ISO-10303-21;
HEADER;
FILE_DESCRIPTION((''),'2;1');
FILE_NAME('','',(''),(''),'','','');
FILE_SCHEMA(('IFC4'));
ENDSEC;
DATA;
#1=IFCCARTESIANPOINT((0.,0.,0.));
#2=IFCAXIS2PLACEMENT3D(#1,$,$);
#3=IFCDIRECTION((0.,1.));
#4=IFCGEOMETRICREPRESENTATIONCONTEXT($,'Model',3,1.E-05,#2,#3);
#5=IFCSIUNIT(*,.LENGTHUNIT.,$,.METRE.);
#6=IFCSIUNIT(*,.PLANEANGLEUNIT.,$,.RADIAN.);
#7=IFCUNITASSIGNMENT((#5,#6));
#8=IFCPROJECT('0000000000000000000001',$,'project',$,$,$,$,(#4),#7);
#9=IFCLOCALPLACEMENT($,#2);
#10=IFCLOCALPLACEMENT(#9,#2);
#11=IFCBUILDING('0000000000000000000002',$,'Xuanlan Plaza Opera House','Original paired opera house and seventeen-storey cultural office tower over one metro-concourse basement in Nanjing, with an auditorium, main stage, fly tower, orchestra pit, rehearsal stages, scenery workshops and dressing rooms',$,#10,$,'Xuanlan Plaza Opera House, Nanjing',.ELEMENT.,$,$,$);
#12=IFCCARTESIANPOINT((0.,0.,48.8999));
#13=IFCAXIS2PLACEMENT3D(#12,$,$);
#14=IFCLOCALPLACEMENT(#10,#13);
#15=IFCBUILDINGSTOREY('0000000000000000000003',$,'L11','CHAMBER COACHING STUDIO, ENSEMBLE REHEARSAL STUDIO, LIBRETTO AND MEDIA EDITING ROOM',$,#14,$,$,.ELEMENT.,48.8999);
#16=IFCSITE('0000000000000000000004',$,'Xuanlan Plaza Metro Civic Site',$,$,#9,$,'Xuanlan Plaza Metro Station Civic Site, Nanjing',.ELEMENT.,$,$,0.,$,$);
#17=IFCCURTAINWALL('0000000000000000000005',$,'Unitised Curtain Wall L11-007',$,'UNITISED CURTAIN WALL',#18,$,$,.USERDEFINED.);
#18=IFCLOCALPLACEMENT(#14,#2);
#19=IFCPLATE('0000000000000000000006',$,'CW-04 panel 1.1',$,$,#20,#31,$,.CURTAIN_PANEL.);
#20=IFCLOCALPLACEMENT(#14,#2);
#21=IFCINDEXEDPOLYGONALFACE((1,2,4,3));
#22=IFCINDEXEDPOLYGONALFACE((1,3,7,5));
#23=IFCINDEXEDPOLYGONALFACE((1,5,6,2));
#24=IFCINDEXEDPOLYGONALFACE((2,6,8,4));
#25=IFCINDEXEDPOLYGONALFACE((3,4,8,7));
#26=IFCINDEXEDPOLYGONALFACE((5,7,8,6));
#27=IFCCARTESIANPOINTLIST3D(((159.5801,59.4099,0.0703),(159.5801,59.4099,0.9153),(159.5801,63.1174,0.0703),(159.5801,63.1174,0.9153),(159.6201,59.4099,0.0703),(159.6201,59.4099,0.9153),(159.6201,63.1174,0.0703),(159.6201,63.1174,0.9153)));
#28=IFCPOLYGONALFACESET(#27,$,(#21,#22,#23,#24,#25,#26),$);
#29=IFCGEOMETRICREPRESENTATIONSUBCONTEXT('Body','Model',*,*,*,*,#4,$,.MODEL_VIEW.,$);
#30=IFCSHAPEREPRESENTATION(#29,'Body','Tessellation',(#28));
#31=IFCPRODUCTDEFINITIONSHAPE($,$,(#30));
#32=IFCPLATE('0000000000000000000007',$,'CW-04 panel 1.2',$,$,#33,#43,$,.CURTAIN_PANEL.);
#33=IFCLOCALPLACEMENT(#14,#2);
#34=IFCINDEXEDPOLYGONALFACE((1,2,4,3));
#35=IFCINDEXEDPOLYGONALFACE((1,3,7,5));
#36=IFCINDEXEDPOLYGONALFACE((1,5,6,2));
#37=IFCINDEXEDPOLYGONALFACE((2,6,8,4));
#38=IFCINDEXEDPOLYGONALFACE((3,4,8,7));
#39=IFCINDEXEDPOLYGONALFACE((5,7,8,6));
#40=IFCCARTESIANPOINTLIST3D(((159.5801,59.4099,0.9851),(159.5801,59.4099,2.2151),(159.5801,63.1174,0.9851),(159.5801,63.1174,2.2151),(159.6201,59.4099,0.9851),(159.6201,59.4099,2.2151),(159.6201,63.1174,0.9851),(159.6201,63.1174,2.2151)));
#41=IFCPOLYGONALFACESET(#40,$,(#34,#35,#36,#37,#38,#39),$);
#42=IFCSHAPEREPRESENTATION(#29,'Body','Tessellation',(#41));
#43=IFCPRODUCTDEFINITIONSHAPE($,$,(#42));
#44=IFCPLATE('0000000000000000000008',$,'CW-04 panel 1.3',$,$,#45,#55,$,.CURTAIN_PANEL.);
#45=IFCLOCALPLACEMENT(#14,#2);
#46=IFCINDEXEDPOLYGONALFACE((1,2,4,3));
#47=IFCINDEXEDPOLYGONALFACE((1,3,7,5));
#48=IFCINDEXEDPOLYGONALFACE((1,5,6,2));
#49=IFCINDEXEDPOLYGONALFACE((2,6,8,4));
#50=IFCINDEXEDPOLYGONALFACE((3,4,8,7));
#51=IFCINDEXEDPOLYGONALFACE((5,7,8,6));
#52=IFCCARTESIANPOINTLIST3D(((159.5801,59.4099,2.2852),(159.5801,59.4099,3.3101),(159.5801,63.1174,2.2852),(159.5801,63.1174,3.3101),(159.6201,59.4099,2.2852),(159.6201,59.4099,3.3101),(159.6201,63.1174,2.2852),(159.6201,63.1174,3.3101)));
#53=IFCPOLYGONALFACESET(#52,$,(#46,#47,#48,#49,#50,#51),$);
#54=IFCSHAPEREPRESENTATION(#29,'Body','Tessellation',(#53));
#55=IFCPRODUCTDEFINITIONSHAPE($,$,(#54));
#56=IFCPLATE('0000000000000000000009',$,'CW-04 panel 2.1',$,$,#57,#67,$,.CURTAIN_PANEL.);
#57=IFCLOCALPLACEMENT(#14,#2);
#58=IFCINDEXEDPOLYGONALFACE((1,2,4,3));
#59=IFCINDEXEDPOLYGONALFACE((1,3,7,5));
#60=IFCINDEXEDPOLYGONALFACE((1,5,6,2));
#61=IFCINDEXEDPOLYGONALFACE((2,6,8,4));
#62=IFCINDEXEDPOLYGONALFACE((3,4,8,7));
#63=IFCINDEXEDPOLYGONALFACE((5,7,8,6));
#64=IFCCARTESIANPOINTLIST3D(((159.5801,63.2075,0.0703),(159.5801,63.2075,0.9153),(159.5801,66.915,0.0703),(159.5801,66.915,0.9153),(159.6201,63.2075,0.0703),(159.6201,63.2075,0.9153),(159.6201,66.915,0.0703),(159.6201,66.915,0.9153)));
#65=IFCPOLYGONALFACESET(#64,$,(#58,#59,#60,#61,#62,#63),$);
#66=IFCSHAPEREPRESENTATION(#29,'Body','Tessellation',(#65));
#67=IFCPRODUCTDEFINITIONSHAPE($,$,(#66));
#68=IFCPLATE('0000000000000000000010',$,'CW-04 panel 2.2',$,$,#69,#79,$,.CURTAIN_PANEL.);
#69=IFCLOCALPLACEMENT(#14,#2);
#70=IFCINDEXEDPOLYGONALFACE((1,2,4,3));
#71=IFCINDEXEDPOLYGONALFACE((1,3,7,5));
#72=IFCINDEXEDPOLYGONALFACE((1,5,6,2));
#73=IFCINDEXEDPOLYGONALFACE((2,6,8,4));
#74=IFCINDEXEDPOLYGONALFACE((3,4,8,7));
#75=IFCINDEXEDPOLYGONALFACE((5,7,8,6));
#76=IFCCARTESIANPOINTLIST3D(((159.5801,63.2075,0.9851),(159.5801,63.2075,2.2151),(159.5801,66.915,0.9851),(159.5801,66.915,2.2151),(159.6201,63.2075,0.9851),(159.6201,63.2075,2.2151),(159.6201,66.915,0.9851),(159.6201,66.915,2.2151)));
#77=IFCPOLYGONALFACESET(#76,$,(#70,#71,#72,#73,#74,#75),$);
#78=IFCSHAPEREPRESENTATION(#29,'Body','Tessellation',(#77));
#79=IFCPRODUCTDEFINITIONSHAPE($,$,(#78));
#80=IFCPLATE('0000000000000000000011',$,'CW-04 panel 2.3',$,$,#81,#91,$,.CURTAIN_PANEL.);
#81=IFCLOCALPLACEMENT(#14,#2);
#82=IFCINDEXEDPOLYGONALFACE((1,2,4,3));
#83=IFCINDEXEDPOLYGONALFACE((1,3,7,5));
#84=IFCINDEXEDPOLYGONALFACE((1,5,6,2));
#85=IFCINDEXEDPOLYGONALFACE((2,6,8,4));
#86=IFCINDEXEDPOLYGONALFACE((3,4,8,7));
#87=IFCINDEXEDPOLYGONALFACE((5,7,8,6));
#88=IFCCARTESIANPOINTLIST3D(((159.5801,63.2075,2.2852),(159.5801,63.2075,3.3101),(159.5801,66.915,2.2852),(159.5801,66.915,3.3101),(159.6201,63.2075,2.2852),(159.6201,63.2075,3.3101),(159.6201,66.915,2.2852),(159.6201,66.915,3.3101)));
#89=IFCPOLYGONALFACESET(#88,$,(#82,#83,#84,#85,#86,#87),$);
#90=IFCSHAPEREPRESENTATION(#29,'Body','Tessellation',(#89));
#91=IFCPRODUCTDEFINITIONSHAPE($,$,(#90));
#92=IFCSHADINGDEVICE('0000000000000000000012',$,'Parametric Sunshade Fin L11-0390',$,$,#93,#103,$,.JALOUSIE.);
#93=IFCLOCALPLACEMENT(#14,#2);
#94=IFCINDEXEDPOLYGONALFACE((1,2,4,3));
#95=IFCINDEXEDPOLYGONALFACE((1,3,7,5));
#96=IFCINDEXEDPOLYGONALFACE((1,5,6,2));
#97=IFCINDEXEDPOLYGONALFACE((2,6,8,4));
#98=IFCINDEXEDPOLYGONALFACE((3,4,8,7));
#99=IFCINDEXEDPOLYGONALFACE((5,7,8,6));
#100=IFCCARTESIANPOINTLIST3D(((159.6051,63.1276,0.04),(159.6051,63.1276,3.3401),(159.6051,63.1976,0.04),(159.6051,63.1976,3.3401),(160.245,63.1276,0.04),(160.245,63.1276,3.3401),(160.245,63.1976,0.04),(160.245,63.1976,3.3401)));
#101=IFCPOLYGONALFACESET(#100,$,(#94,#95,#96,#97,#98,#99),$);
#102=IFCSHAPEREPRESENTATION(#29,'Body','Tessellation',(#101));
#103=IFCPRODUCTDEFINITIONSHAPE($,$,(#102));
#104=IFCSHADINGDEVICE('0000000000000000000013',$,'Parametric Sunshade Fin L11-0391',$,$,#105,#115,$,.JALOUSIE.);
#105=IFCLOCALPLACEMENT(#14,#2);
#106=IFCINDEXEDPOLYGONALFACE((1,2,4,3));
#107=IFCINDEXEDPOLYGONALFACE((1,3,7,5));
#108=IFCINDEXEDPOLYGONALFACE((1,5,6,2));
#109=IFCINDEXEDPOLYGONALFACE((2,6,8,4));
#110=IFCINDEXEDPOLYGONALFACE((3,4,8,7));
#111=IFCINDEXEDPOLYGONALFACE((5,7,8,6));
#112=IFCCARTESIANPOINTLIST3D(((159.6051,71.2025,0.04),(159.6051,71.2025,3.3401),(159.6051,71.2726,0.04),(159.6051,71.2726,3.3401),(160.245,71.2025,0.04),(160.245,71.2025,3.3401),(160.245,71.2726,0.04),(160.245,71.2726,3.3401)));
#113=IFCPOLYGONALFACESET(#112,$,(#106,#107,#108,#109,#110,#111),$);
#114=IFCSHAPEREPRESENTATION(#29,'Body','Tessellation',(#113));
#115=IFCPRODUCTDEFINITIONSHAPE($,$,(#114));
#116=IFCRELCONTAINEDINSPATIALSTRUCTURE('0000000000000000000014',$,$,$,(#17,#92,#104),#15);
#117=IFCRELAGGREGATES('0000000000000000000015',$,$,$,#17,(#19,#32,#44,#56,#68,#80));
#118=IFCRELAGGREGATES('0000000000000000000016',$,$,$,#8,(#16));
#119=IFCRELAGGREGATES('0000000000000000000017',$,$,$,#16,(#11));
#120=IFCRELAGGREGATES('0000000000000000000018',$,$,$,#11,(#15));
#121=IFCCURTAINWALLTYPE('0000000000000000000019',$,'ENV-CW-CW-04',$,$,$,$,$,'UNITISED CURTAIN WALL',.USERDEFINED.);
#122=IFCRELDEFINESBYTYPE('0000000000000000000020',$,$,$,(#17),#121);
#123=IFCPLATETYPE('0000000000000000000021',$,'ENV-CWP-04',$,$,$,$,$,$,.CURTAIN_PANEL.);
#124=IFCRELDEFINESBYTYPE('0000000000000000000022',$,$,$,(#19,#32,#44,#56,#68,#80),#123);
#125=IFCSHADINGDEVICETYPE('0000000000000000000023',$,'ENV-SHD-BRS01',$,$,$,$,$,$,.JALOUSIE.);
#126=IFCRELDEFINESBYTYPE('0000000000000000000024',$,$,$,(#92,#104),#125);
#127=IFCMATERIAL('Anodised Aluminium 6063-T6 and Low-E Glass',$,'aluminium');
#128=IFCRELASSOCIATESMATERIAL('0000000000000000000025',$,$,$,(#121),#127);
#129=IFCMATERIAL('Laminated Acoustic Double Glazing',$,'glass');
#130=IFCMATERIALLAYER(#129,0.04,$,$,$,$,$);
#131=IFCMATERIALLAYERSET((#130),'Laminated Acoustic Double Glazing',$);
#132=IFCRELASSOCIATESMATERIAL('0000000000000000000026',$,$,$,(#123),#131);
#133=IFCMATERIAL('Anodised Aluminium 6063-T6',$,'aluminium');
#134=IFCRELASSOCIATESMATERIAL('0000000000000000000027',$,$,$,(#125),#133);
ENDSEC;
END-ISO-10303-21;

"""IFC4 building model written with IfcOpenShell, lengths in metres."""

from ifc_helpers import new_model, si_unit, direction, frame, origin, origin_2d, place, context, subcontext, project, spatial, rectangle, extrude, material, layer, layer_set, type_object, element, aggregate, save


model = new_model("IFC4")

# Units and contexts
model_context = context("Model", 3, precision=1e-05, world=origin(), true_north=direction((0.0, 1.0)))
body_context = subcontext(model_context, "Body", "Model", "MODEL_VIEW")
ifc_project = project(units=[si_unit("LENGTHUNIT", "METRE"), si_unit("PLANEANGLEUNIT", "RADIAN")], contexts=[model_context])

# Site, building, storey
site_placement = place(None, origin())
site = spatial("IfcSite", under=ifc_project, at=site_placement, Name="Xuanlan Plaza Metro Civic Site", LongName="Xuanlan Plaza Metro Station Civic Site, Nanjing", CompositionType="ELEMENT", RefElevation=0.0)
building_placement = place(site_placement, origin())
building = spatial("IfcBuilding", under=site, at=building_placement, Name="Xuanlan Plaza Opera House", Description="Original paired opera house and seventeen-storey cultural office tower over one metro-concourse basement in Nanjing, with an auditorium, main stage, fly tower, orchestra pit, rehearsal stages, scenery workshops and dressing rooms", LongName="Xuanlan Plaza Opera House, Nanjing", CompositionType="ELEMENT")
storey_placement = place(building_placement, frame((0.0, 0.0, 48.8999)))
storey = spatial("IfcBuildingStorey", under=building, at=storey_placement, Name="L11", Description="CHAMBER COACHING STUDIO, ENSEMBLE REHEARSAL STUDIO, LIBRETTO AND MEDIA EDITING ROOM", CompositionType="ELEMENT", Elevation=48.8999)

# Curtain wall
ifc_material_1 = material(Name="Anodised Aluminium 6063-T6 and Low-E Glass", Category="aluminium")
ifc_material_2 = material(Name="Anodised Aluminium 6063-T6", Category="aluminium")
curtain_wall_type_1 = type_object("IfcCurtainWallType", Name="ENV-CW-CW-04", ElementType="UNITISED CURTAIN WALL", PredefinedType="USERDEFINED", material=ifc_material_1)
curtain_wall_1_placement = place(storey_placement, origin())
curtain_wall_1 = element("IfcCurtainWall", 1, at=curtain_wall_1_placement, inside=storey, type_object=curtain_wall_type_1, Name="Unitised Curtain Wall L11-007", ObjectType="UNITISED CURTAIN WALL", PredefinedType="USERDEFINED")

# Plates
ifc_material_3 = material(Name="Laminated Acoustic Double Glazing", Category="glass")
ifc_layer_1 = layer(ifc_material_3, 0.04)
ifc_layer_set_1 = layer_set([ifc_layer_1], Name="Laminated Acoustic Double Glazing")
plate_type_1 = type_object("IfcPlateType", Name="ENV-CWP-04", PredefinedType="CURTAIN_PANEL", material=ifc_layer_set_1)
plate_1_placement = place(storey_placement, frame((159.6001, 61.2637, 0.0703), z_axis=(0.0, 0.0, 1.0), x_axis=(0.0, 1.0, 0.0)))
plate_1 = element("IfcPlate", 2, at=plate_1_placement, type_object=plate_type_1, Name="CW-04 panel 1.1", PredefinedType="CURTAIN_PANEL", context=body_context, shape_type="SweptSolid", body=[
    extrude(rectangle(XDim=3.7075, YDim=0.04, at=origin_2d()), origin(), (0.0, 0.0, 1.0), 0.845),
])
plate_2_placement = place(storey_placement, frame((159.6001, 61.2637, 0.9851), z_axis=(0.0, 0.0, 1.0), x_axis=(0.0, 1.0, 0.0)))
plate_2 = element("IfcPlate", 3, at=plate_2_placement, type_object=plate_type_1, Name="CW-04 panel 1.2", PredefinedType="CURTAIN_PANEL", context=body_context, shape_type="SweptSolid", body=[
    extrude(rectangle(XDim=3.7075, YDim=0.04, at=origin_2d()), origin(), (0.0, 0.0, 1.0), 1.23),
])
plate_3_placement = place(storey_placement, frame((159.6001, 61.2637, 2.2852), z_axis=(0.0, 0.0, 1.0), x_axis=(0.0, 1.0, 0.0)))
plate_3 = element("IfcPlate", 4, at=plate_3_placement, type_object=plate_type_1, Name="CW-04 panel 1.3", PredefinedType="CURTAIN_PANEL", context=body_context, shape_type="SweptSolid", body=[
    extrude(rectangle(XDim=3.7075, YDim=0.04, at=origin_2d()), origin(), (0.0, 0.0, 1.0), 1.0249),
])
plate_4_placement = place(storey_placement, frame((159.6001, 65.0613, 0.0703), z_axis=(0.0, 0.0, 1.0), x_axis=(0.0, 1.0, 0.0)))
plate_4 = element("IfcPlate", 5, at=plate_4_placement, type_object=plate_type_1, Name="CW-04 panel 2.1", PredefinedType="CURTAIN_PANEL", context=body_context, shape_type="SweptSolid", body=[
    extrude(rectangle(XDim=3.7075, YDim=0.04, at=origin_2d()), origin(), (0.0, 0.0, 1.0), 0.845),
])
plate_5_placement = place(storey_placement, frame((159.6001, 65.0613, 0.9851), z_axis=(0.0, 0.0, 1.0), x_axis=(0.0, 1.0, 0.0)))
plate_5 = element("IfcPlate", 6, at=plate_5_placement, type_object=plate_type_1, Name="CW-04 panel 2.2", PredefinedType="CURTAIN_PANEL", context=body_context, shape_type="SweptSolid", body=[
    extrude(rectangle(XDim=3.7075, YDim=0.04, at=origin_2d()), origin(), (0.0, 0.0, 1.0), 1.23),
])
plate_6_placement = place(storey_placement, frame((159.6001, 65.0613, 2.2852), z_axis=(0.0, 0.0, 1.0), x_axis=(0.0, 1.0, 0.0)))
plate_6 = element("IfcPlate", 7, at=plate_6_placement, type_object=plate_type_1, Name="CW-04 panel 2.3", PredefinedType="CURTAIN_PANEL", context=body_context, shape_type="SweptSolid", body=[
    extrude(rectangle(XDim=3.7075, YDim=0.04, at=origin_2d()), origin(), (0.0, 0.0, 1.0), 1.0249),
])
aggregate(curtain_wall_1, [plate_1, plate_2, plate_3, plate_4, plate_5, plate_6])

# Shading devices
shading_device_type = type_object("IfcShadingDeviceType", Name="ENV-SHD-BRS01", PredefinedType="JALOUSIE", material=ifc_material_2)
for number, where, z_axis, x_axis, name in (
    (8, (159.925, 63.1626, 0.04), (0.0, 0.0, 1.0), (1.0, 0.0, 0.0), "Parametric Sunshade Fin L11-0390"),
    (9, (159.925, 71.2375, 0.04), (0.0, 0.0, 1.0), (1.0, 0.0, 0.0), "Parametric Sunshade Fin L11-0391"),
):
    element("IfcShadingDevice", number, at=place(storey_placement, frame(where, z_axis=z_axis, x_axis=x_axis)), inside=storey, type_object=shading_device_type, Name=name, PredefinedType="JALOUSIE", context=body_context, shape_type="SweptSolid", body=[
        extrude(rectangle(XDim=0.6399, YDim=0.0701, at=origin_2d()), origin(), (0.0, 0.0, 1.0), 3.3),
    ])

save(model, "model.ifc")
